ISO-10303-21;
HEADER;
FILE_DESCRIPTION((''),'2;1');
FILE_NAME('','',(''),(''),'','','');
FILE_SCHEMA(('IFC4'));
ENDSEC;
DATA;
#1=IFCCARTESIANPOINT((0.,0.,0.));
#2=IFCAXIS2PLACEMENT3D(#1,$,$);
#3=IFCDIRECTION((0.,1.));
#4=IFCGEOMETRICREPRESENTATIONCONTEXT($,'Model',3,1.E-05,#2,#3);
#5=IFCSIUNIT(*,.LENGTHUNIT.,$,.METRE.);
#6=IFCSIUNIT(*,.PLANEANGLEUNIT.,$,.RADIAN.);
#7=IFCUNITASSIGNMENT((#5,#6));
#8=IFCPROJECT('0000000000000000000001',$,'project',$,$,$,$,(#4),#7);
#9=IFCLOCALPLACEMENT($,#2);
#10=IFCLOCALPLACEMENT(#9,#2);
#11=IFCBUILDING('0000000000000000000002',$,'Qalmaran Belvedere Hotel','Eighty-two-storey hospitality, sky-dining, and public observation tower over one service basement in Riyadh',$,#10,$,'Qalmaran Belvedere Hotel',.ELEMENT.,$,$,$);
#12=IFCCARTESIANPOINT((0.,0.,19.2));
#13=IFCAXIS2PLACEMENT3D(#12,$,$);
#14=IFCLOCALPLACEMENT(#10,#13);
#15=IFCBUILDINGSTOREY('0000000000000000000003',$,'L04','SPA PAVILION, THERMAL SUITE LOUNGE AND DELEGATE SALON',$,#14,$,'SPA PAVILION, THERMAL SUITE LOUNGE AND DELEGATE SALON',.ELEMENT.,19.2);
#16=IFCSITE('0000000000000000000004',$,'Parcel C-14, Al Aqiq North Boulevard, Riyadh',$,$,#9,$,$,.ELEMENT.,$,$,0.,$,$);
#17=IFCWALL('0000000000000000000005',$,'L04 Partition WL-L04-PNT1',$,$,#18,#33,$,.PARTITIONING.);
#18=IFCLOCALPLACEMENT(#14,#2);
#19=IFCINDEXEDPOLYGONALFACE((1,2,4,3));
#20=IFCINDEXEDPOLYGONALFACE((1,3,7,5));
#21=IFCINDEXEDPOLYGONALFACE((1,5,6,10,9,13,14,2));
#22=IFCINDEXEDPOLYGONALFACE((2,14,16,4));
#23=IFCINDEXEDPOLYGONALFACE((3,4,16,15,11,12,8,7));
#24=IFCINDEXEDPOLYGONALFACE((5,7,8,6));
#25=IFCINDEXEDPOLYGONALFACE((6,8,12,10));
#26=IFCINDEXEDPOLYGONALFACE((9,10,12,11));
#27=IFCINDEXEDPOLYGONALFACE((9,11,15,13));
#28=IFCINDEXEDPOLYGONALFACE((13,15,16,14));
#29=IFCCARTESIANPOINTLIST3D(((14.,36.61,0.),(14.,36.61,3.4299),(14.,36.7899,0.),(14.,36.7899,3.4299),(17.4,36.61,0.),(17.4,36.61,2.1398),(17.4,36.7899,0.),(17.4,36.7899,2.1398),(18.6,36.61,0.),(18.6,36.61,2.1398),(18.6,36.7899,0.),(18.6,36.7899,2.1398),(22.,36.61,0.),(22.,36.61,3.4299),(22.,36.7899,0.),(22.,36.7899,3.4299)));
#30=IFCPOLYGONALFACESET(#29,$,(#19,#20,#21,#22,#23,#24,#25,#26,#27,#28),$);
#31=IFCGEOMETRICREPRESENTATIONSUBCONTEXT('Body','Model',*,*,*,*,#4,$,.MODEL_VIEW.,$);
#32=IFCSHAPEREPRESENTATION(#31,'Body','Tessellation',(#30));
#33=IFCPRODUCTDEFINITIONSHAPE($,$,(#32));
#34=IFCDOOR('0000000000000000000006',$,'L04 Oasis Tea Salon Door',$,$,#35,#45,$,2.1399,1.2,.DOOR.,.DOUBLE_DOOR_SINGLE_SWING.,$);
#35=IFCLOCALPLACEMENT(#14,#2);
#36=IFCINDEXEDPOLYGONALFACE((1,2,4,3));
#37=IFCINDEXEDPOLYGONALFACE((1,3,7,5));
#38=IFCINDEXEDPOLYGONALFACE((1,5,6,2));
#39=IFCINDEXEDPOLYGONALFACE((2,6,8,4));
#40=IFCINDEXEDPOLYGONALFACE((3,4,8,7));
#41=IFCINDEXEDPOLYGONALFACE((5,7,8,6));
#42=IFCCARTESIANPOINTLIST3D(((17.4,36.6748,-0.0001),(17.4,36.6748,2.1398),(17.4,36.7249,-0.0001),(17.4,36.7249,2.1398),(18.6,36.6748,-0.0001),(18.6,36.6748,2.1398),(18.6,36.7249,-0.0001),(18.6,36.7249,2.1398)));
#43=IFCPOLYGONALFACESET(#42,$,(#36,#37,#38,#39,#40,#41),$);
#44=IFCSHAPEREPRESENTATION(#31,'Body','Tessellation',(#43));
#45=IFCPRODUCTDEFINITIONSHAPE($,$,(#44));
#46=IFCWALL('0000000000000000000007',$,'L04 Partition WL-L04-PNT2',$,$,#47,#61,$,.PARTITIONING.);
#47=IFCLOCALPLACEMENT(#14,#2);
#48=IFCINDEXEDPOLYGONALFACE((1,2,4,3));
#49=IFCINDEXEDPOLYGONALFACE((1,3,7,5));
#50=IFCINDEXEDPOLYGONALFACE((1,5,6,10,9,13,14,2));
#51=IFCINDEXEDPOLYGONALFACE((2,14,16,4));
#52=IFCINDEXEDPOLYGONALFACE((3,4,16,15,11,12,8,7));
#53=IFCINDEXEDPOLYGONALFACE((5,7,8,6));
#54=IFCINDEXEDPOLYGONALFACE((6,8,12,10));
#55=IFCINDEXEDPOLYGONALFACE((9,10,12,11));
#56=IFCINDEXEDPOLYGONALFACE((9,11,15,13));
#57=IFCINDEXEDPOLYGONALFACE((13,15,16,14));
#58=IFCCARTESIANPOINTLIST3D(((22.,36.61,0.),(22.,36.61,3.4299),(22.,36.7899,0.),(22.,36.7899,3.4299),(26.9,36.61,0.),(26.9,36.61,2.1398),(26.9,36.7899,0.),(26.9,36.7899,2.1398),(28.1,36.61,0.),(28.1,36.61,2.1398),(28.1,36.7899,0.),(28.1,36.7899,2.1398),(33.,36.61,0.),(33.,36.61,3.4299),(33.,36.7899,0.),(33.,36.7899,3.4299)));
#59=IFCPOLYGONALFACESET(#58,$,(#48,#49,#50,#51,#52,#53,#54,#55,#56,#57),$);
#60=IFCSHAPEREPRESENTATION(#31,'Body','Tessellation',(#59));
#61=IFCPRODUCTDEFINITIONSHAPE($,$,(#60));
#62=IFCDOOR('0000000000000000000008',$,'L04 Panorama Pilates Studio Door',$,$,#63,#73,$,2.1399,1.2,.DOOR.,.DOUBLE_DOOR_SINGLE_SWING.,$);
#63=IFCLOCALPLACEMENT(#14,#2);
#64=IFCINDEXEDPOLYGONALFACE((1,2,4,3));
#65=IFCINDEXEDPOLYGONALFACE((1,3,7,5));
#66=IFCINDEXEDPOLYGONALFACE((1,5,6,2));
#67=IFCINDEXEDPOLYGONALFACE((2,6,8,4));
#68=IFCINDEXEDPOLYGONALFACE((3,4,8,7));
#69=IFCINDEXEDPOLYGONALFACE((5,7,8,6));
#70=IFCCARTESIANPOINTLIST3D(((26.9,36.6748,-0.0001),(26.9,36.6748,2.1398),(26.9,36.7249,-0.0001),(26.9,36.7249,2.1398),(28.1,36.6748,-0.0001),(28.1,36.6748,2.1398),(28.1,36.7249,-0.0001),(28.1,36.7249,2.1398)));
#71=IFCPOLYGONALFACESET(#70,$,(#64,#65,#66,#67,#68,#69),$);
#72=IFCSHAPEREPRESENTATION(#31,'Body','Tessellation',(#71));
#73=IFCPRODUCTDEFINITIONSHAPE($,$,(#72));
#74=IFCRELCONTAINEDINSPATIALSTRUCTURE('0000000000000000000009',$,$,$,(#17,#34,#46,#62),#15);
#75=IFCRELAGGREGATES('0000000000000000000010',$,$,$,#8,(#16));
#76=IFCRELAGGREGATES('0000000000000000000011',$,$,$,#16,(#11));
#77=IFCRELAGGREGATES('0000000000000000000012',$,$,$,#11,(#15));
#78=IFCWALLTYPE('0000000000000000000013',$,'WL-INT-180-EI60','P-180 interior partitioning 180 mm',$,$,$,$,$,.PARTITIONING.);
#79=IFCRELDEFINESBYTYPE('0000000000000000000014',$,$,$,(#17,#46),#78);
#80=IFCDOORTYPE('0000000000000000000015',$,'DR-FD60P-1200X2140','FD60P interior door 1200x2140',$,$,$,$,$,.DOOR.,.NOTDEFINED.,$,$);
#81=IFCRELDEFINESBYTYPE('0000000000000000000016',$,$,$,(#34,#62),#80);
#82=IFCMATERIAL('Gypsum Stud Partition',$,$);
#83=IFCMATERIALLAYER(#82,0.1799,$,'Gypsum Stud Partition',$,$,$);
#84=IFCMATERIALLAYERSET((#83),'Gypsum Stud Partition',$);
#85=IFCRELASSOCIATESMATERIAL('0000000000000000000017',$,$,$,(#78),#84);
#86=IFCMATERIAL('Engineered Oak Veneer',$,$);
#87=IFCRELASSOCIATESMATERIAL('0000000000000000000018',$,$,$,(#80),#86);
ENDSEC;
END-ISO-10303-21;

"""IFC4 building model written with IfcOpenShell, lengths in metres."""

from ifc_helpers import new_model, si_unit, direction, frame, frame_2d, origin, place, context, subcontext, project, spatial, rectangle, extrude, material, layer, layer_set, type_object, element, fill, save


model = new_model("IFC4")

# Units and contexts
model_context = context("Model", 3, precision=1e-05, world=origin(), true_north=direction((0.0, 1.0)))
body_context = subcontext(model_context, "Body", "Model", "MODEL_VIEW")
ifc_project = project(units=[si_unit("LENGTHUNIT", "METRE"), si_unit("PLANEANGLEUNIT", "RADIAN")], contexts=[model_context])

# Site, building, storey
site_placement = place(None, origin())
site = spatial("IfcSite", under=ifc_project, at=site_placement, Name="Parcel C-14, Al Aqiq North Boulevard, Riyadh", CompositionType="ELEMENT", RefElevation=0.0)
building_placement = place(site_placement, origin())
building = spatial("IfcBuilding", under=site, at=building_placement, Name="Qalmaran Belvedere Hotel", Description="Eighty-two-storey hospitality, sky-dining, and public observation tower over one service basement in Riyadh", LongName="Qalmaran Belvedere Hotel", CompositionType="ELEMENT")
storey_placement = place(building_placement, frame((0.0, 0.0, 19.2)))
storey = spatial("IfcBuildingStorey", under=building, at=storey_placement, Name="L04", Description="SPA PAVILION, THERMAL SUITE LOUNGE AND DELEGATE SALON", LongName="SPA PAVILION, THERMAL SUITE LOUNGE AND DELEGATE SALON", CompositionType="ELEMENT", Elevation=19.2)

# Shared definitions
ifc_material_1 = material(Name="Gypsum Stud Partition")

# Walls, openings, doors
ifc_layer_1 = layer(ifc_material_1, 0.1799, Name="Gypsum Stud Partition")
ifc_layer_set_1 = layer_set([ifc_layer_1], Name="Gypsum Stud Partition")
wall_type_1 = type_object("IfcWallType", Name="WL-INT-180-EI60", Description="P-180 interior partitioning 180 mm", PredefinedType="PARTITIONING", material=ifc_layer_set_1)
ifc_material_2 = material(Name="Engineered Oak Veneer")
wall_1_placement = place(storey_placement, frame((14.0, 36.7, 0.0), z_axis=(0.0, 0.0, 1.0), x_axis=(1.0, 0.0, 0.0)))
wall_1 = element("IfcWall", 1, at=wall_1_placement, inside=storey, type_object=wall_type_1, Name="L04 Partition WL-L04-PNT1", PredefinedType="PARTITIONING", context=body_context, shape_type="SweptSolid", body=[
    extrude(rectangle(XDim=8.0, YDim=0.1799, at=frame_2d((4.0, 0.0))), origin(), (0.0, 0.0, 1.0), 3.4299),
])
opening_1_placement = place(wall_1_placement, frame((3.3999, 0.0, 0.0)))
opening_1 = element("IfcOpeningElement", 2, at=opening_1_placement, cuts=wall_1, PredefinedType="OPENING", context=body_context, shape_type="SweptSolid", body=[
    extrude(rectangle(XDim=1.2, YDim=2.1399, at=frame_2d((0.6001, 1.0698))), frame((0.0, 0.1001, 0.0), z_axis=(0.0, -1.0, 0.0), x_axis=(1.0, 0.0, 0.0)), (0.0, 0.0, 1.0), 0.2),
])
door_type_1 = type_object("IfcDoorType", Name="DR-FD60P-1200X2140", Description="FD60P interior door 1200x2140", OperationType="NOTDEFINED", PredefinedType="DOOR", material=ifc_material_2)
door_1_placement = place(opening_1_placement, origin())
door_1 = element("IfcDoor", 3, at=door_1_placement, inside=storey, type_object=door_type_1, Name="L04 Oasis Tea Salon Door", OperationType="DOUBLE_DOOR_SINGLE_SWING", OverallHeight=2.1399, OverallWidth=1.2, PredefinedType="DOOR", context=body_context, shape_type="SweptSolid", body=[
    extrude(rectangle(XDim=1.2, YDim=2.1399, at=frame_2d((0.6001, 1.0698))), frame((0.0, 0.0249, 0.0), z_axis=(0.0, -1.0, 0.0), x_axis=(1.0, 0.0, 0.0)), (0.0, 0.0, 1.0), 0.05),
])
fill(opening_1, door_1)
wall_2_placement = place(storey_placement, frame((22.0, 36.7, 0.0), z_axis=(0.0, 0.0, 1.0), x_axis=(1.0, 0.0, 0.0)))
wall_2 = element("IfcWall", 4, at=wall_2_placement, inside=storey, type_object=wall_type_1, Name="L04 Partition WL-L04-PNT2", PredefinedType="PARTITIONING", context=body_context, shape_type="SweptSolid", body=[
    extrude(rectangle(XDim=11.0, YDim=0.1799, at=frame_2d((5.5, 0.0))), origin(), (0.0, 0.0, 1.0), 3.4299),
])
opening_2_placement = place(wall_2_placement, frame((4.8999, 0.0, 0.0)))
opening_2 = element("IfcOpeningElement", 5, at=opening_2_placement, cuts=wall_2, PredefinedType="OPENING", context=body_context, shape_type="SweptSolid", body=[
    extrude(rectangle(XDim=1.2, YDim=2.1399, at=frame_2d((0.6001, 1.0698))), frame((0.0, 0.1001, 0.0), z_axis=(0.0, -1.0, 0.0), x_axis=(1.0, 0.0, 0.0)), (0.0, 0.0, 1.0), 0.2),
])
door_2_placement = place(opening_2_placement, origin())
door_2 = element("IfcDoor", 6, at=door_2_placement, inside=storey, type_object=door_type_1, Name="L04 Panorama Pilates Studio Door", OperationType="DOUBLE_DOOR_SINGLE_SWING", OverallHeight=2.1399, OverallWidth=1.2, PredefinedType="DOOR", context=body_context, shape_type="SweptSolid", body=[
    extrude(rectangle(XDim=1.2, YDim=2.1399, at=frame_2d((0.6001, 1.0698))), frame((0.0, 0.0249, 0.0), z_axis=(0.0, -1.0, 0.0), x_axis=(1.0, 0.0, 0.0)), (0.0, 0.0, 1.0), 0.05),
])
fill(opening_2, door_2)

save(model, "model.ifc")
